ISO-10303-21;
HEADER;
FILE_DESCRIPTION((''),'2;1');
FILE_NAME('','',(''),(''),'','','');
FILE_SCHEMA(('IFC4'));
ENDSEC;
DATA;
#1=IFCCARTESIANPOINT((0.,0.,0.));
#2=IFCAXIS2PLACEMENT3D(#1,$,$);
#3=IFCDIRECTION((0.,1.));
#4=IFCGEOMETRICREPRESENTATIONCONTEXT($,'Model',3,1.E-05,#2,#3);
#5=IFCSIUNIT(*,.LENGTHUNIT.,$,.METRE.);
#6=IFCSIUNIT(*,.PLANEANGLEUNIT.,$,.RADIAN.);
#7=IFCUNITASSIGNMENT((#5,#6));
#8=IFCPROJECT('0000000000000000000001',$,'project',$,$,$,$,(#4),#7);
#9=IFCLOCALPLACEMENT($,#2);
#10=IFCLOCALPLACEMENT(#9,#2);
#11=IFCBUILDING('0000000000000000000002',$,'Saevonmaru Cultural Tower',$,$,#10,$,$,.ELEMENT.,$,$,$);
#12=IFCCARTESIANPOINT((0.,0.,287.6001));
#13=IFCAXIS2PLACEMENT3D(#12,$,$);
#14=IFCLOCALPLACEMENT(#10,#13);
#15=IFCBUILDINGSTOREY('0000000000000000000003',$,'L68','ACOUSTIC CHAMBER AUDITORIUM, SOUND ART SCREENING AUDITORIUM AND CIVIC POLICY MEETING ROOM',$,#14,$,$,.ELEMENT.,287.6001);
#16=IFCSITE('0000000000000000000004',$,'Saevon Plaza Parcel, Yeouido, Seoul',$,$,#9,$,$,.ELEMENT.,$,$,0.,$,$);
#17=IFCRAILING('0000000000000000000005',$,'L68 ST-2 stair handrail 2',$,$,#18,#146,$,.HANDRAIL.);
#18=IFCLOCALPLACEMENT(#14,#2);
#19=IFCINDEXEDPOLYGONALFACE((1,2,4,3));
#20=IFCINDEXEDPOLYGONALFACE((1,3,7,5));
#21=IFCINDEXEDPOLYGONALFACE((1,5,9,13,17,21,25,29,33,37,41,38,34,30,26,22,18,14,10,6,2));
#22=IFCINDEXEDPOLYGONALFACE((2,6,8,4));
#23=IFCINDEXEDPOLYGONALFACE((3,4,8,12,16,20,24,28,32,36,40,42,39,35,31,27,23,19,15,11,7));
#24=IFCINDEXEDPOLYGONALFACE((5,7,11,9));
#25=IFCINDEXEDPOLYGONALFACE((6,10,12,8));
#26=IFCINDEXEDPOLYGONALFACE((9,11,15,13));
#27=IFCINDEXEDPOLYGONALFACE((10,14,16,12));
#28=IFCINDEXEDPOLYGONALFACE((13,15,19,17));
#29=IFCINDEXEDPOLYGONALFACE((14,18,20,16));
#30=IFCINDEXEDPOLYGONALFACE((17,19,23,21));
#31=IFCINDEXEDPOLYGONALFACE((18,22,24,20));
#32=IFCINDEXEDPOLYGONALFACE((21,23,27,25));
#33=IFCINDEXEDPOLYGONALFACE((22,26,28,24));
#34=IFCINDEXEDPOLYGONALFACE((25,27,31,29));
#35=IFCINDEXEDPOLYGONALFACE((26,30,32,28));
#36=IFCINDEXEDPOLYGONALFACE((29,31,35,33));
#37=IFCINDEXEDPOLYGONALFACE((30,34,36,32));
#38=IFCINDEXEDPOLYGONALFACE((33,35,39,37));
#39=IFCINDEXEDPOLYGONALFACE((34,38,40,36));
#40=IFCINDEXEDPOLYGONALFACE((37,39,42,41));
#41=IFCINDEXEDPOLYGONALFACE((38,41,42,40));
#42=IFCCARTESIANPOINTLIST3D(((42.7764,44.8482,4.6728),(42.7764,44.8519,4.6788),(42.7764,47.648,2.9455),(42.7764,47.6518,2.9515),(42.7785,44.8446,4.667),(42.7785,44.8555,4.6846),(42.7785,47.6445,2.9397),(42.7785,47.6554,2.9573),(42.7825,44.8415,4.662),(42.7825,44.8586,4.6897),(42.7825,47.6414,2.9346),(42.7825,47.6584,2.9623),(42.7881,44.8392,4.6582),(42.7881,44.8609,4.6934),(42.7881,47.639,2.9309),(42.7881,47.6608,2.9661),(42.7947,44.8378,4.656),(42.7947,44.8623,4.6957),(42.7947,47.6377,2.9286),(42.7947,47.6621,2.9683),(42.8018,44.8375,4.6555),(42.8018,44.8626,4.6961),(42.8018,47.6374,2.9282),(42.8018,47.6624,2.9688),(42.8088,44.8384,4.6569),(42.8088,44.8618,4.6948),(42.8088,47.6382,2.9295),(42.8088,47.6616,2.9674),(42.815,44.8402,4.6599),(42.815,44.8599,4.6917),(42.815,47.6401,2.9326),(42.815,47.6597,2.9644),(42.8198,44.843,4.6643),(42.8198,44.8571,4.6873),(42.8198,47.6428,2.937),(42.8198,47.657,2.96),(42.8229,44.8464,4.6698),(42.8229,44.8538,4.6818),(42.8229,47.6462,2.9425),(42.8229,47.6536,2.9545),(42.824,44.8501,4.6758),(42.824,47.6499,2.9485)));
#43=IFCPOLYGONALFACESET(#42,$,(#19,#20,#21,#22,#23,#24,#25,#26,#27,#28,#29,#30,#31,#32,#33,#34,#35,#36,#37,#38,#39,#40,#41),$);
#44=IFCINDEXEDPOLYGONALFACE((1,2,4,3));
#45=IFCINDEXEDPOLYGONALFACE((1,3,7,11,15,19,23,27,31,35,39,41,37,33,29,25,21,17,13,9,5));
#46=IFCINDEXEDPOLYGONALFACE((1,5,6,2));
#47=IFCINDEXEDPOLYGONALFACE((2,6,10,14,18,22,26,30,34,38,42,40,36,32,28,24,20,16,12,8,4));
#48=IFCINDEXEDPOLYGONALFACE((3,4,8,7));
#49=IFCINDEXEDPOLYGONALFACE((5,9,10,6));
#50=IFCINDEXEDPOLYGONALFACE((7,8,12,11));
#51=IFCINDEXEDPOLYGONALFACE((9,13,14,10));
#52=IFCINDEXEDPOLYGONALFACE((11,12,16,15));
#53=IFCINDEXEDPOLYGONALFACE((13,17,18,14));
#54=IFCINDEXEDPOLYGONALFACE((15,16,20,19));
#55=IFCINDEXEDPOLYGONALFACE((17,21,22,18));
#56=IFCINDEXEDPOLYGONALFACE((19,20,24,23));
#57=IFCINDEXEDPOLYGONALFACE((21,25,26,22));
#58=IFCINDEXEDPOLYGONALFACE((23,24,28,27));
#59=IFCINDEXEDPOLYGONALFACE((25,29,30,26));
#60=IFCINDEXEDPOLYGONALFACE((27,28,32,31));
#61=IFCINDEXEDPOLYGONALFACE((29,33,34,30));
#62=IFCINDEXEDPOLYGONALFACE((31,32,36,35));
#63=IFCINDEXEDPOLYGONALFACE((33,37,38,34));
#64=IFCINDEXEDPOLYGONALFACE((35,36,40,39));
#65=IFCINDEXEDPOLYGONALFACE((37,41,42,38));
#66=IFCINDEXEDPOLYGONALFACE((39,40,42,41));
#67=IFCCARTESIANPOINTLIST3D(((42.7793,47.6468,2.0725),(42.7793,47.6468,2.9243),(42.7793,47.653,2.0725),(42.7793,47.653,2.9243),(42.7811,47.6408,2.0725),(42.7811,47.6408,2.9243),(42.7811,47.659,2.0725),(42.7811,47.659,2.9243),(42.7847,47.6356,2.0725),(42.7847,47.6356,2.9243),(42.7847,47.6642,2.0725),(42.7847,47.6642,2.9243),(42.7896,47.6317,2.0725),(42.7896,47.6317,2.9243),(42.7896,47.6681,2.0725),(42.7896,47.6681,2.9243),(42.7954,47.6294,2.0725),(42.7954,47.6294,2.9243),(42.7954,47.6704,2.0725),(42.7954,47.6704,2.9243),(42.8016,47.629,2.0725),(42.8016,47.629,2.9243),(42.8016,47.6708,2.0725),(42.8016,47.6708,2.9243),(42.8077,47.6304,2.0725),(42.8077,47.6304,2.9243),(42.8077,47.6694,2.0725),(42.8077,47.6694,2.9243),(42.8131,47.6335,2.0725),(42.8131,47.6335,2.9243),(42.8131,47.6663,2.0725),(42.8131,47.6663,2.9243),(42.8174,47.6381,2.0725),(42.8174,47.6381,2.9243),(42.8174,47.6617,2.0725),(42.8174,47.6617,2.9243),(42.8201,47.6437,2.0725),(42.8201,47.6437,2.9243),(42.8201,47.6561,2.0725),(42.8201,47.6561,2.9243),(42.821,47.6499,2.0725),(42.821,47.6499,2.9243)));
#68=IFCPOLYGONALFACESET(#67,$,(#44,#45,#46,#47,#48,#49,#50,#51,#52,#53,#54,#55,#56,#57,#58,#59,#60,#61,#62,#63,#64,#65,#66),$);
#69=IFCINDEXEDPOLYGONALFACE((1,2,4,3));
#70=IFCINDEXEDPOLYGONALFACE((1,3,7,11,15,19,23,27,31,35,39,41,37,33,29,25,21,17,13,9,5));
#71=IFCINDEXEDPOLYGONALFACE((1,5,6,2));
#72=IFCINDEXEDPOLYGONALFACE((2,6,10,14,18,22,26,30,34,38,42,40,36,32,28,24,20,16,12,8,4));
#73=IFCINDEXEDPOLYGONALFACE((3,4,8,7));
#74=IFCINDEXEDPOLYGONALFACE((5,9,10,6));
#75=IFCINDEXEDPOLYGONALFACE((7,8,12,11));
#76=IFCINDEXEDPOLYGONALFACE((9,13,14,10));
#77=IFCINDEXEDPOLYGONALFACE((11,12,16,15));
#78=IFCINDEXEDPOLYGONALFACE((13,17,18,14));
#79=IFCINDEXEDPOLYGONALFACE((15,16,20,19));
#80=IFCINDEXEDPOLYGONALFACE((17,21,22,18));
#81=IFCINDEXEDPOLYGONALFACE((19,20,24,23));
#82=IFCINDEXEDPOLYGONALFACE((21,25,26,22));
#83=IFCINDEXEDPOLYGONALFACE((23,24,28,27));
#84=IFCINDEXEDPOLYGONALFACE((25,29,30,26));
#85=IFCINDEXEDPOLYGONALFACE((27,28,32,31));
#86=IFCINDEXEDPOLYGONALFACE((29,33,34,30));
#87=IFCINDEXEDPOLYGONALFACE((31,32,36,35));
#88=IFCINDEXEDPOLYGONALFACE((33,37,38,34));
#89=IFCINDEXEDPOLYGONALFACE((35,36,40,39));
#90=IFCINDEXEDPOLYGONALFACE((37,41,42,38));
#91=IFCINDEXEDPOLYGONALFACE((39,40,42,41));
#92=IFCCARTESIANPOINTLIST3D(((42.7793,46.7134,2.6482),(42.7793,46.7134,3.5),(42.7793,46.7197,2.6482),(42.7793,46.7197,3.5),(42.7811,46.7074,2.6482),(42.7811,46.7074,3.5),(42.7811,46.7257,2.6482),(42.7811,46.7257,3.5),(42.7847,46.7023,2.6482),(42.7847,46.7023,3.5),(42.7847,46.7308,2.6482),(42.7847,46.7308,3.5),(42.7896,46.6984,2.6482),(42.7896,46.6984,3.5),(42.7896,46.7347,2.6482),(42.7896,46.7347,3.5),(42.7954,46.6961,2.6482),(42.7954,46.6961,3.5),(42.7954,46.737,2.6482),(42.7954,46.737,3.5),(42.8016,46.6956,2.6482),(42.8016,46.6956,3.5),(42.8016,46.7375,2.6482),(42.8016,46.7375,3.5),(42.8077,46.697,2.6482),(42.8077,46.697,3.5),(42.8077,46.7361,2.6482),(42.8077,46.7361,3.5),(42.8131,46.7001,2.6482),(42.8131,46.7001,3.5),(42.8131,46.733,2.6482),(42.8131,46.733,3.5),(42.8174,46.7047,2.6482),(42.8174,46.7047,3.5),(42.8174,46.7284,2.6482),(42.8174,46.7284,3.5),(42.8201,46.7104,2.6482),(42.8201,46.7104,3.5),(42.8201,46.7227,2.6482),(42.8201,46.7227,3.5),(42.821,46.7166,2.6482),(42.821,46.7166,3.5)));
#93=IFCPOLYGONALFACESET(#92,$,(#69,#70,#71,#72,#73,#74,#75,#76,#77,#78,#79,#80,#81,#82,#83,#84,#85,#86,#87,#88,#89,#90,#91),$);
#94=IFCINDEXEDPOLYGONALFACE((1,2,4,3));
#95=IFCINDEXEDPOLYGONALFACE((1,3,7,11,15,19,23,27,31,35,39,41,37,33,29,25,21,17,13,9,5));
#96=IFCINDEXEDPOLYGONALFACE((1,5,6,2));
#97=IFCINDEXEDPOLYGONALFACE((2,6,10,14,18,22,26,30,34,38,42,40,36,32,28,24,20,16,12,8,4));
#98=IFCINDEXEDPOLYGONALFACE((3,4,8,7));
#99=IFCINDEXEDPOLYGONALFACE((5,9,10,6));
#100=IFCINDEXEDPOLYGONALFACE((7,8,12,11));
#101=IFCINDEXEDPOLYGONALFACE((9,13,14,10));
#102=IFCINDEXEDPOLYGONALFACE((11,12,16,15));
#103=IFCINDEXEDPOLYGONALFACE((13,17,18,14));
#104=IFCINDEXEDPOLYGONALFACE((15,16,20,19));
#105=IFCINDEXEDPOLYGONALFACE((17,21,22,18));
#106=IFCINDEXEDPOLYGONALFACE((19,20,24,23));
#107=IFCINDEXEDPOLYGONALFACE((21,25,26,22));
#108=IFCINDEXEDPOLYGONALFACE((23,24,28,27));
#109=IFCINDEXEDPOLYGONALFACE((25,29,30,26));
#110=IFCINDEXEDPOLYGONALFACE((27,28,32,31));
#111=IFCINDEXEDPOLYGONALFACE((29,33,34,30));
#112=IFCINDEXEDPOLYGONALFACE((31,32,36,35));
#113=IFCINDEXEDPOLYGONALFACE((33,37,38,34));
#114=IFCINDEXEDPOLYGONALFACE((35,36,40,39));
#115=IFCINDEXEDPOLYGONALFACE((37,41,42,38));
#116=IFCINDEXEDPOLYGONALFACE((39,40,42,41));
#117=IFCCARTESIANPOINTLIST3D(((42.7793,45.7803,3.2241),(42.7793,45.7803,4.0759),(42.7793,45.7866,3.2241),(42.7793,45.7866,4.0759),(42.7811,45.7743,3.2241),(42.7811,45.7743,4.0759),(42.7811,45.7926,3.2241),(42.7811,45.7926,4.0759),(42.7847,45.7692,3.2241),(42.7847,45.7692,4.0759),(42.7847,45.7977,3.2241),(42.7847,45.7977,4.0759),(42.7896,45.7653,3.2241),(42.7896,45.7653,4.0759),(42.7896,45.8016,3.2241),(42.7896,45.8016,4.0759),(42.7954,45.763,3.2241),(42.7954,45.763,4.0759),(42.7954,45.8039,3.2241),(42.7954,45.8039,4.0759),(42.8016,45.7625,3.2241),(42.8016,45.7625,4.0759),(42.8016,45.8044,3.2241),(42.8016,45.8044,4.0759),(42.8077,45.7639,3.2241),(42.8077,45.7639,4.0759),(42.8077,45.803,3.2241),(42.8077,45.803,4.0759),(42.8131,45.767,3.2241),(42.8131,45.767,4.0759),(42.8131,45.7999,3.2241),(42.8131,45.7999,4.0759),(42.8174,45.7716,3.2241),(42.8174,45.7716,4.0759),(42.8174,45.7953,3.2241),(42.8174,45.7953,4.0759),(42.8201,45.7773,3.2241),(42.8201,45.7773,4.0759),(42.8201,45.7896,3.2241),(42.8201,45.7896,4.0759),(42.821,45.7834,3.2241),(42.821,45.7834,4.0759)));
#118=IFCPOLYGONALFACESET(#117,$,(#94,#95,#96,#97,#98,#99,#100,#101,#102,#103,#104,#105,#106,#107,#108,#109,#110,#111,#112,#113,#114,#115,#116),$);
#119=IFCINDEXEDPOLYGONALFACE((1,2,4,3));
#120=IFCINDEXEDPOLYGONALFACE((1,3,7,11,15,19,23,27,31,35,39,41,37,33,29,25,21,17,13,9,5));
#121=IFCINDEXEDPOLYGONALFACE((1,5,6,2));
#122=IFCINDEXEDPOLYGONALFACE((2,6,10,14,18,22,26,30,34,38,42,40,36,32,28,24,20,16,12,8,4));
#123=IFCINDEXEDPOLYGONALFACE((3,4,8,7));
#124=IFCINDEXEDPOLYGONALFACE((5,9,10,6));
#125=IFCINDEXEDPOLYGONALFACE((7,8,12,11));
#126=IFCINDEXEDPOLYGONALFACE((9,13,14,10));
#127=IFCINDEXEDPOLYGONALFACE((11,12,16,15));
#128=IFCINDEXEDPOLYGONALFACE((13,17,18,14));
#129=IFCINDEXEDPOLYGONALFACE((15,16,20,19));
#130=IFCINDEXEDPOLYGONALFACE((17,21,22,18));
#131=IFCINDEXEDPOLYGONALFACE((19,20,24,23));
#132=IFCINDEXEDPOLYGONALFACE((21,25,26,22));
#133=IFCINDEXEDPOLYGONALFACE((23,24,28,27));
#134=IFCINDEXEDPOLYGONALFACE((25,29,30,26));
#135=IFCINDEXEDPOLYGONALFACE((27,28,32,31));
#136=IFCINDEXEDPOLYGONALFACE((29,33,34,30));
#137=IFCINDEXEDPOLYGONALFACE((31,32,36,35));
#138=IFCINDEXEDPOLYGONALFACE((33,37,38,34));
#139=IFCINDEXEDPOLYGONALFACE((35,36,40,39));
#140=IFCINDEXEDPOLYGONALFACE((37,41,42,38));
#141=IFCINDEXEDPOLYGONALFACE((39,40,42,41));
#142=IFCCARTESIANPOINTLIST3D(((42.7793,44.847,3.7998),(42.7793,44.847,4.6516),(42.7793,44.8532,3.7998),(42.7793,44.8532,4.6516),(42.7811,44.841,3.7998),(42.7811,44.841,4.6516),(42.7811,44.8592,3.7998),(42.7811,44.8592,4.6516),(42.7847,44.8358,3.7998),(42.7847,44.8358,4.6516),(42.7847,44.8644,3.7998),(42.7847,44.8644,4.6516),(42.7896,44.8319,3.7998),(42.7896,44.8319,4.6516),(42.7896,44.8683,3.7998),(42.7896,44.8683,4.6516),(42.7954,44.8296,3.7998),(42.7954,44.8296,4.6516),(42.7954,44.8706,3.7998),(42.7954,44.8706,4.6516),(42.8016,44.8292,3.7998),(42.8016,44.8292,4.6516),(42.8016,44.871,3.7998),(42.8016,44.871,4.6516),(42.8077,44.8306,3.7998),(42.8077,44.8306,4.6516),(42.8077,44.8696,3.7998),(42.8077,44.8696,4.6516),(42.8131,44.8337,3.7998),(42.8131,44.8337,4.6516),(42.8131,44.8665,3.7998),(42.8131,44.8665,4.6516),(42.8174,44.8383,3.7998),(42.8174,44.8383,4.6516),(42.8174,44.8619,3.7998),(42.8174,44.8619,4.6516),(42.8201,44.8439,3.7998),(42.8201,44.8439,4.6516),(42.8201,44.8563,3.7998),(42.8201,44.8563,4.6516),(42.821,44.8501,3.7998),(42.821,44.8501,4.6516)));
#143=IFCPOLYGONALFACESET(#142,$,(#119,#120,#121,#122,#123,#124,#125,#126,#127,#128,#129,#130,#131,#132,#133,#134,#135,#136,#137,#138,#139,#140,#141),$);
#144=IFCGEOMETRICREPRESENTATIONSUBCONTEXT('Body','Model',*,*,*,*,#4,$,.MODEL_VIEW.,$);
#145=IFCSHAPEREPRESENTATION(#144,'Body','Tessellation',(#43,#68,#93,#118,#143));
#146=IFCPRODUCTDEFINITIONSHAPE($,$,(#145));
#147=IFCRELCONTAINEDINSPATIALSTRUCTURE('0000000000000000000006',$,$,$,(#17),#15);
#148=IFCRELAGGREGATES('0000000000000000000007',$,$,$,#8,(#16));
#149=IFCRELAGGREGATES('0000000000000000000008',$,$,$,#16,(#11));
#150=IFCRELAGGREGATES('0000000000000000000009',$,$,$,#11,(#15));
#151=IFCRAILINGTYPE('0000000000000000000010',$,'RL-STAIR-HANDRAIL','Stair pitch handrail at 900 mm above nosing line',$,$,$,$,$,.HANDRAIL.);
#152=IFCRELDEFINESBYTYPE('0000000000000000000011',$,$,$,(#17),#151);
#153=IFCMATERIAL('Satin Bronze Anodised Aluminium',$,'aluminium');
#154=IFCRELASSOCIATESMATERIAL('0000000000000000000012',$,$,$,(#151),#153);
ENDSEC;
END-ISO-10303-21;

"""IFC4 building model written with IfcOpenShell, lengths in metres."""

from ifc_helpers import new_model, si_unit, direction, frame, origin, origin_2d, place, context, subcontext, project, spatial, circle, extrude, material, type_object, element, save


model = new_model("IFC4")

# Units and contexts
model_context = context("Model", 3, precision=1e-05, world=origin(), true_north=direction((0.0, 1.0)))
body_context = subcontext(model_context, "Body", "Model", "MODEL_VIEW")
ifc_project = project(units=[si_unit("LENGTHUNIT", "METRE"), si_unit("PLANEANGLEUNIT", "RADIAN")], contexts=[model_context])

# Site, building, storey
site_placement = place(None, origin())
site = spatial("IfcSite", under=ifc_project, at=site_placement, Name="Saevon Plaza Parcel, Yeouido, Seoul", CompositionType="ELEMENT", RefElevation=0.0)
building_placement = place(site_placement, origin())
building = spatial("IfcBuilding", under=site, at=building_placement, Name="Saevonmaru Cultural Tower", CompositionType="ELEMENT")
storey_placement = place(building_placement, frame((0.0, 0.0, 287.6001)))
storey = spatial("IfcBuildingStorey", under=building, at=storey_placement, Name="L68", Description="ACOUSTIC CHAMBER AUDITORIUM, SOUND ART SCREENING AUDITORIUM AND CIVIC POLICY MEETING ROOM", CompositionType="ELEMENT", Elevation=287.6001)

# Shared definitions
ifc_material_1 = material(Name="Satin Bronze Anodised Aluminium", Category="aluminium")

# Railing
railing_type_1 = type_object("IfcRailingType", Name="RL-STAIR-HANDRAIL", Description="Stair pitch handrail at 900 mm above nosing line", PredefinedType="HANDRAIL", material=ifc_material_1)
railing_1_placement = place(storey_placement, frame((42.8, 47.6499, 2.0725)))
element("IfcRailing", 1, at=railing_1_placement, inside=storey, type_object=railing_type_1, Name="L68 ST-2 stair handrail 2", PredefinedType="HANDRAIL", context=body_context, shape_type="SweptSolid", body=[
    extrude(circle(Radius=0.0239, at=origin_2d()), frame((0.0, 0.0, 0.876), z_axis=(0.0, -0.851069, 0.525054), x_axis=(1.0, 0.0, 0.0)), (0.0, 0.0, 1.0), 3.2898),
    extrude(circle(Radius=0.021, at=origin_2d()), origin(), (0.0, 0.0, 1.0), 0.8518),
    extrude(circle(Radius=0.021, at=origin_2d()), frame((0.0, -0.9333, 0.5757)), (0.0, 0.0, 1.0), 0.8518),
    extrude(circle(Radius=0.021, at=origin_2d()), frame((0.0, -1.8665, 1.1516)), (0.0, 0.0, 1.0), 0.8518),
    extrude(circle(Radius=0.021, at=origin_2d()), frame((0.0, -2.7998, 1.7273)), (0.0, 0.0, 1.0), 0.8518),
])

save(model, "model.ifc")
